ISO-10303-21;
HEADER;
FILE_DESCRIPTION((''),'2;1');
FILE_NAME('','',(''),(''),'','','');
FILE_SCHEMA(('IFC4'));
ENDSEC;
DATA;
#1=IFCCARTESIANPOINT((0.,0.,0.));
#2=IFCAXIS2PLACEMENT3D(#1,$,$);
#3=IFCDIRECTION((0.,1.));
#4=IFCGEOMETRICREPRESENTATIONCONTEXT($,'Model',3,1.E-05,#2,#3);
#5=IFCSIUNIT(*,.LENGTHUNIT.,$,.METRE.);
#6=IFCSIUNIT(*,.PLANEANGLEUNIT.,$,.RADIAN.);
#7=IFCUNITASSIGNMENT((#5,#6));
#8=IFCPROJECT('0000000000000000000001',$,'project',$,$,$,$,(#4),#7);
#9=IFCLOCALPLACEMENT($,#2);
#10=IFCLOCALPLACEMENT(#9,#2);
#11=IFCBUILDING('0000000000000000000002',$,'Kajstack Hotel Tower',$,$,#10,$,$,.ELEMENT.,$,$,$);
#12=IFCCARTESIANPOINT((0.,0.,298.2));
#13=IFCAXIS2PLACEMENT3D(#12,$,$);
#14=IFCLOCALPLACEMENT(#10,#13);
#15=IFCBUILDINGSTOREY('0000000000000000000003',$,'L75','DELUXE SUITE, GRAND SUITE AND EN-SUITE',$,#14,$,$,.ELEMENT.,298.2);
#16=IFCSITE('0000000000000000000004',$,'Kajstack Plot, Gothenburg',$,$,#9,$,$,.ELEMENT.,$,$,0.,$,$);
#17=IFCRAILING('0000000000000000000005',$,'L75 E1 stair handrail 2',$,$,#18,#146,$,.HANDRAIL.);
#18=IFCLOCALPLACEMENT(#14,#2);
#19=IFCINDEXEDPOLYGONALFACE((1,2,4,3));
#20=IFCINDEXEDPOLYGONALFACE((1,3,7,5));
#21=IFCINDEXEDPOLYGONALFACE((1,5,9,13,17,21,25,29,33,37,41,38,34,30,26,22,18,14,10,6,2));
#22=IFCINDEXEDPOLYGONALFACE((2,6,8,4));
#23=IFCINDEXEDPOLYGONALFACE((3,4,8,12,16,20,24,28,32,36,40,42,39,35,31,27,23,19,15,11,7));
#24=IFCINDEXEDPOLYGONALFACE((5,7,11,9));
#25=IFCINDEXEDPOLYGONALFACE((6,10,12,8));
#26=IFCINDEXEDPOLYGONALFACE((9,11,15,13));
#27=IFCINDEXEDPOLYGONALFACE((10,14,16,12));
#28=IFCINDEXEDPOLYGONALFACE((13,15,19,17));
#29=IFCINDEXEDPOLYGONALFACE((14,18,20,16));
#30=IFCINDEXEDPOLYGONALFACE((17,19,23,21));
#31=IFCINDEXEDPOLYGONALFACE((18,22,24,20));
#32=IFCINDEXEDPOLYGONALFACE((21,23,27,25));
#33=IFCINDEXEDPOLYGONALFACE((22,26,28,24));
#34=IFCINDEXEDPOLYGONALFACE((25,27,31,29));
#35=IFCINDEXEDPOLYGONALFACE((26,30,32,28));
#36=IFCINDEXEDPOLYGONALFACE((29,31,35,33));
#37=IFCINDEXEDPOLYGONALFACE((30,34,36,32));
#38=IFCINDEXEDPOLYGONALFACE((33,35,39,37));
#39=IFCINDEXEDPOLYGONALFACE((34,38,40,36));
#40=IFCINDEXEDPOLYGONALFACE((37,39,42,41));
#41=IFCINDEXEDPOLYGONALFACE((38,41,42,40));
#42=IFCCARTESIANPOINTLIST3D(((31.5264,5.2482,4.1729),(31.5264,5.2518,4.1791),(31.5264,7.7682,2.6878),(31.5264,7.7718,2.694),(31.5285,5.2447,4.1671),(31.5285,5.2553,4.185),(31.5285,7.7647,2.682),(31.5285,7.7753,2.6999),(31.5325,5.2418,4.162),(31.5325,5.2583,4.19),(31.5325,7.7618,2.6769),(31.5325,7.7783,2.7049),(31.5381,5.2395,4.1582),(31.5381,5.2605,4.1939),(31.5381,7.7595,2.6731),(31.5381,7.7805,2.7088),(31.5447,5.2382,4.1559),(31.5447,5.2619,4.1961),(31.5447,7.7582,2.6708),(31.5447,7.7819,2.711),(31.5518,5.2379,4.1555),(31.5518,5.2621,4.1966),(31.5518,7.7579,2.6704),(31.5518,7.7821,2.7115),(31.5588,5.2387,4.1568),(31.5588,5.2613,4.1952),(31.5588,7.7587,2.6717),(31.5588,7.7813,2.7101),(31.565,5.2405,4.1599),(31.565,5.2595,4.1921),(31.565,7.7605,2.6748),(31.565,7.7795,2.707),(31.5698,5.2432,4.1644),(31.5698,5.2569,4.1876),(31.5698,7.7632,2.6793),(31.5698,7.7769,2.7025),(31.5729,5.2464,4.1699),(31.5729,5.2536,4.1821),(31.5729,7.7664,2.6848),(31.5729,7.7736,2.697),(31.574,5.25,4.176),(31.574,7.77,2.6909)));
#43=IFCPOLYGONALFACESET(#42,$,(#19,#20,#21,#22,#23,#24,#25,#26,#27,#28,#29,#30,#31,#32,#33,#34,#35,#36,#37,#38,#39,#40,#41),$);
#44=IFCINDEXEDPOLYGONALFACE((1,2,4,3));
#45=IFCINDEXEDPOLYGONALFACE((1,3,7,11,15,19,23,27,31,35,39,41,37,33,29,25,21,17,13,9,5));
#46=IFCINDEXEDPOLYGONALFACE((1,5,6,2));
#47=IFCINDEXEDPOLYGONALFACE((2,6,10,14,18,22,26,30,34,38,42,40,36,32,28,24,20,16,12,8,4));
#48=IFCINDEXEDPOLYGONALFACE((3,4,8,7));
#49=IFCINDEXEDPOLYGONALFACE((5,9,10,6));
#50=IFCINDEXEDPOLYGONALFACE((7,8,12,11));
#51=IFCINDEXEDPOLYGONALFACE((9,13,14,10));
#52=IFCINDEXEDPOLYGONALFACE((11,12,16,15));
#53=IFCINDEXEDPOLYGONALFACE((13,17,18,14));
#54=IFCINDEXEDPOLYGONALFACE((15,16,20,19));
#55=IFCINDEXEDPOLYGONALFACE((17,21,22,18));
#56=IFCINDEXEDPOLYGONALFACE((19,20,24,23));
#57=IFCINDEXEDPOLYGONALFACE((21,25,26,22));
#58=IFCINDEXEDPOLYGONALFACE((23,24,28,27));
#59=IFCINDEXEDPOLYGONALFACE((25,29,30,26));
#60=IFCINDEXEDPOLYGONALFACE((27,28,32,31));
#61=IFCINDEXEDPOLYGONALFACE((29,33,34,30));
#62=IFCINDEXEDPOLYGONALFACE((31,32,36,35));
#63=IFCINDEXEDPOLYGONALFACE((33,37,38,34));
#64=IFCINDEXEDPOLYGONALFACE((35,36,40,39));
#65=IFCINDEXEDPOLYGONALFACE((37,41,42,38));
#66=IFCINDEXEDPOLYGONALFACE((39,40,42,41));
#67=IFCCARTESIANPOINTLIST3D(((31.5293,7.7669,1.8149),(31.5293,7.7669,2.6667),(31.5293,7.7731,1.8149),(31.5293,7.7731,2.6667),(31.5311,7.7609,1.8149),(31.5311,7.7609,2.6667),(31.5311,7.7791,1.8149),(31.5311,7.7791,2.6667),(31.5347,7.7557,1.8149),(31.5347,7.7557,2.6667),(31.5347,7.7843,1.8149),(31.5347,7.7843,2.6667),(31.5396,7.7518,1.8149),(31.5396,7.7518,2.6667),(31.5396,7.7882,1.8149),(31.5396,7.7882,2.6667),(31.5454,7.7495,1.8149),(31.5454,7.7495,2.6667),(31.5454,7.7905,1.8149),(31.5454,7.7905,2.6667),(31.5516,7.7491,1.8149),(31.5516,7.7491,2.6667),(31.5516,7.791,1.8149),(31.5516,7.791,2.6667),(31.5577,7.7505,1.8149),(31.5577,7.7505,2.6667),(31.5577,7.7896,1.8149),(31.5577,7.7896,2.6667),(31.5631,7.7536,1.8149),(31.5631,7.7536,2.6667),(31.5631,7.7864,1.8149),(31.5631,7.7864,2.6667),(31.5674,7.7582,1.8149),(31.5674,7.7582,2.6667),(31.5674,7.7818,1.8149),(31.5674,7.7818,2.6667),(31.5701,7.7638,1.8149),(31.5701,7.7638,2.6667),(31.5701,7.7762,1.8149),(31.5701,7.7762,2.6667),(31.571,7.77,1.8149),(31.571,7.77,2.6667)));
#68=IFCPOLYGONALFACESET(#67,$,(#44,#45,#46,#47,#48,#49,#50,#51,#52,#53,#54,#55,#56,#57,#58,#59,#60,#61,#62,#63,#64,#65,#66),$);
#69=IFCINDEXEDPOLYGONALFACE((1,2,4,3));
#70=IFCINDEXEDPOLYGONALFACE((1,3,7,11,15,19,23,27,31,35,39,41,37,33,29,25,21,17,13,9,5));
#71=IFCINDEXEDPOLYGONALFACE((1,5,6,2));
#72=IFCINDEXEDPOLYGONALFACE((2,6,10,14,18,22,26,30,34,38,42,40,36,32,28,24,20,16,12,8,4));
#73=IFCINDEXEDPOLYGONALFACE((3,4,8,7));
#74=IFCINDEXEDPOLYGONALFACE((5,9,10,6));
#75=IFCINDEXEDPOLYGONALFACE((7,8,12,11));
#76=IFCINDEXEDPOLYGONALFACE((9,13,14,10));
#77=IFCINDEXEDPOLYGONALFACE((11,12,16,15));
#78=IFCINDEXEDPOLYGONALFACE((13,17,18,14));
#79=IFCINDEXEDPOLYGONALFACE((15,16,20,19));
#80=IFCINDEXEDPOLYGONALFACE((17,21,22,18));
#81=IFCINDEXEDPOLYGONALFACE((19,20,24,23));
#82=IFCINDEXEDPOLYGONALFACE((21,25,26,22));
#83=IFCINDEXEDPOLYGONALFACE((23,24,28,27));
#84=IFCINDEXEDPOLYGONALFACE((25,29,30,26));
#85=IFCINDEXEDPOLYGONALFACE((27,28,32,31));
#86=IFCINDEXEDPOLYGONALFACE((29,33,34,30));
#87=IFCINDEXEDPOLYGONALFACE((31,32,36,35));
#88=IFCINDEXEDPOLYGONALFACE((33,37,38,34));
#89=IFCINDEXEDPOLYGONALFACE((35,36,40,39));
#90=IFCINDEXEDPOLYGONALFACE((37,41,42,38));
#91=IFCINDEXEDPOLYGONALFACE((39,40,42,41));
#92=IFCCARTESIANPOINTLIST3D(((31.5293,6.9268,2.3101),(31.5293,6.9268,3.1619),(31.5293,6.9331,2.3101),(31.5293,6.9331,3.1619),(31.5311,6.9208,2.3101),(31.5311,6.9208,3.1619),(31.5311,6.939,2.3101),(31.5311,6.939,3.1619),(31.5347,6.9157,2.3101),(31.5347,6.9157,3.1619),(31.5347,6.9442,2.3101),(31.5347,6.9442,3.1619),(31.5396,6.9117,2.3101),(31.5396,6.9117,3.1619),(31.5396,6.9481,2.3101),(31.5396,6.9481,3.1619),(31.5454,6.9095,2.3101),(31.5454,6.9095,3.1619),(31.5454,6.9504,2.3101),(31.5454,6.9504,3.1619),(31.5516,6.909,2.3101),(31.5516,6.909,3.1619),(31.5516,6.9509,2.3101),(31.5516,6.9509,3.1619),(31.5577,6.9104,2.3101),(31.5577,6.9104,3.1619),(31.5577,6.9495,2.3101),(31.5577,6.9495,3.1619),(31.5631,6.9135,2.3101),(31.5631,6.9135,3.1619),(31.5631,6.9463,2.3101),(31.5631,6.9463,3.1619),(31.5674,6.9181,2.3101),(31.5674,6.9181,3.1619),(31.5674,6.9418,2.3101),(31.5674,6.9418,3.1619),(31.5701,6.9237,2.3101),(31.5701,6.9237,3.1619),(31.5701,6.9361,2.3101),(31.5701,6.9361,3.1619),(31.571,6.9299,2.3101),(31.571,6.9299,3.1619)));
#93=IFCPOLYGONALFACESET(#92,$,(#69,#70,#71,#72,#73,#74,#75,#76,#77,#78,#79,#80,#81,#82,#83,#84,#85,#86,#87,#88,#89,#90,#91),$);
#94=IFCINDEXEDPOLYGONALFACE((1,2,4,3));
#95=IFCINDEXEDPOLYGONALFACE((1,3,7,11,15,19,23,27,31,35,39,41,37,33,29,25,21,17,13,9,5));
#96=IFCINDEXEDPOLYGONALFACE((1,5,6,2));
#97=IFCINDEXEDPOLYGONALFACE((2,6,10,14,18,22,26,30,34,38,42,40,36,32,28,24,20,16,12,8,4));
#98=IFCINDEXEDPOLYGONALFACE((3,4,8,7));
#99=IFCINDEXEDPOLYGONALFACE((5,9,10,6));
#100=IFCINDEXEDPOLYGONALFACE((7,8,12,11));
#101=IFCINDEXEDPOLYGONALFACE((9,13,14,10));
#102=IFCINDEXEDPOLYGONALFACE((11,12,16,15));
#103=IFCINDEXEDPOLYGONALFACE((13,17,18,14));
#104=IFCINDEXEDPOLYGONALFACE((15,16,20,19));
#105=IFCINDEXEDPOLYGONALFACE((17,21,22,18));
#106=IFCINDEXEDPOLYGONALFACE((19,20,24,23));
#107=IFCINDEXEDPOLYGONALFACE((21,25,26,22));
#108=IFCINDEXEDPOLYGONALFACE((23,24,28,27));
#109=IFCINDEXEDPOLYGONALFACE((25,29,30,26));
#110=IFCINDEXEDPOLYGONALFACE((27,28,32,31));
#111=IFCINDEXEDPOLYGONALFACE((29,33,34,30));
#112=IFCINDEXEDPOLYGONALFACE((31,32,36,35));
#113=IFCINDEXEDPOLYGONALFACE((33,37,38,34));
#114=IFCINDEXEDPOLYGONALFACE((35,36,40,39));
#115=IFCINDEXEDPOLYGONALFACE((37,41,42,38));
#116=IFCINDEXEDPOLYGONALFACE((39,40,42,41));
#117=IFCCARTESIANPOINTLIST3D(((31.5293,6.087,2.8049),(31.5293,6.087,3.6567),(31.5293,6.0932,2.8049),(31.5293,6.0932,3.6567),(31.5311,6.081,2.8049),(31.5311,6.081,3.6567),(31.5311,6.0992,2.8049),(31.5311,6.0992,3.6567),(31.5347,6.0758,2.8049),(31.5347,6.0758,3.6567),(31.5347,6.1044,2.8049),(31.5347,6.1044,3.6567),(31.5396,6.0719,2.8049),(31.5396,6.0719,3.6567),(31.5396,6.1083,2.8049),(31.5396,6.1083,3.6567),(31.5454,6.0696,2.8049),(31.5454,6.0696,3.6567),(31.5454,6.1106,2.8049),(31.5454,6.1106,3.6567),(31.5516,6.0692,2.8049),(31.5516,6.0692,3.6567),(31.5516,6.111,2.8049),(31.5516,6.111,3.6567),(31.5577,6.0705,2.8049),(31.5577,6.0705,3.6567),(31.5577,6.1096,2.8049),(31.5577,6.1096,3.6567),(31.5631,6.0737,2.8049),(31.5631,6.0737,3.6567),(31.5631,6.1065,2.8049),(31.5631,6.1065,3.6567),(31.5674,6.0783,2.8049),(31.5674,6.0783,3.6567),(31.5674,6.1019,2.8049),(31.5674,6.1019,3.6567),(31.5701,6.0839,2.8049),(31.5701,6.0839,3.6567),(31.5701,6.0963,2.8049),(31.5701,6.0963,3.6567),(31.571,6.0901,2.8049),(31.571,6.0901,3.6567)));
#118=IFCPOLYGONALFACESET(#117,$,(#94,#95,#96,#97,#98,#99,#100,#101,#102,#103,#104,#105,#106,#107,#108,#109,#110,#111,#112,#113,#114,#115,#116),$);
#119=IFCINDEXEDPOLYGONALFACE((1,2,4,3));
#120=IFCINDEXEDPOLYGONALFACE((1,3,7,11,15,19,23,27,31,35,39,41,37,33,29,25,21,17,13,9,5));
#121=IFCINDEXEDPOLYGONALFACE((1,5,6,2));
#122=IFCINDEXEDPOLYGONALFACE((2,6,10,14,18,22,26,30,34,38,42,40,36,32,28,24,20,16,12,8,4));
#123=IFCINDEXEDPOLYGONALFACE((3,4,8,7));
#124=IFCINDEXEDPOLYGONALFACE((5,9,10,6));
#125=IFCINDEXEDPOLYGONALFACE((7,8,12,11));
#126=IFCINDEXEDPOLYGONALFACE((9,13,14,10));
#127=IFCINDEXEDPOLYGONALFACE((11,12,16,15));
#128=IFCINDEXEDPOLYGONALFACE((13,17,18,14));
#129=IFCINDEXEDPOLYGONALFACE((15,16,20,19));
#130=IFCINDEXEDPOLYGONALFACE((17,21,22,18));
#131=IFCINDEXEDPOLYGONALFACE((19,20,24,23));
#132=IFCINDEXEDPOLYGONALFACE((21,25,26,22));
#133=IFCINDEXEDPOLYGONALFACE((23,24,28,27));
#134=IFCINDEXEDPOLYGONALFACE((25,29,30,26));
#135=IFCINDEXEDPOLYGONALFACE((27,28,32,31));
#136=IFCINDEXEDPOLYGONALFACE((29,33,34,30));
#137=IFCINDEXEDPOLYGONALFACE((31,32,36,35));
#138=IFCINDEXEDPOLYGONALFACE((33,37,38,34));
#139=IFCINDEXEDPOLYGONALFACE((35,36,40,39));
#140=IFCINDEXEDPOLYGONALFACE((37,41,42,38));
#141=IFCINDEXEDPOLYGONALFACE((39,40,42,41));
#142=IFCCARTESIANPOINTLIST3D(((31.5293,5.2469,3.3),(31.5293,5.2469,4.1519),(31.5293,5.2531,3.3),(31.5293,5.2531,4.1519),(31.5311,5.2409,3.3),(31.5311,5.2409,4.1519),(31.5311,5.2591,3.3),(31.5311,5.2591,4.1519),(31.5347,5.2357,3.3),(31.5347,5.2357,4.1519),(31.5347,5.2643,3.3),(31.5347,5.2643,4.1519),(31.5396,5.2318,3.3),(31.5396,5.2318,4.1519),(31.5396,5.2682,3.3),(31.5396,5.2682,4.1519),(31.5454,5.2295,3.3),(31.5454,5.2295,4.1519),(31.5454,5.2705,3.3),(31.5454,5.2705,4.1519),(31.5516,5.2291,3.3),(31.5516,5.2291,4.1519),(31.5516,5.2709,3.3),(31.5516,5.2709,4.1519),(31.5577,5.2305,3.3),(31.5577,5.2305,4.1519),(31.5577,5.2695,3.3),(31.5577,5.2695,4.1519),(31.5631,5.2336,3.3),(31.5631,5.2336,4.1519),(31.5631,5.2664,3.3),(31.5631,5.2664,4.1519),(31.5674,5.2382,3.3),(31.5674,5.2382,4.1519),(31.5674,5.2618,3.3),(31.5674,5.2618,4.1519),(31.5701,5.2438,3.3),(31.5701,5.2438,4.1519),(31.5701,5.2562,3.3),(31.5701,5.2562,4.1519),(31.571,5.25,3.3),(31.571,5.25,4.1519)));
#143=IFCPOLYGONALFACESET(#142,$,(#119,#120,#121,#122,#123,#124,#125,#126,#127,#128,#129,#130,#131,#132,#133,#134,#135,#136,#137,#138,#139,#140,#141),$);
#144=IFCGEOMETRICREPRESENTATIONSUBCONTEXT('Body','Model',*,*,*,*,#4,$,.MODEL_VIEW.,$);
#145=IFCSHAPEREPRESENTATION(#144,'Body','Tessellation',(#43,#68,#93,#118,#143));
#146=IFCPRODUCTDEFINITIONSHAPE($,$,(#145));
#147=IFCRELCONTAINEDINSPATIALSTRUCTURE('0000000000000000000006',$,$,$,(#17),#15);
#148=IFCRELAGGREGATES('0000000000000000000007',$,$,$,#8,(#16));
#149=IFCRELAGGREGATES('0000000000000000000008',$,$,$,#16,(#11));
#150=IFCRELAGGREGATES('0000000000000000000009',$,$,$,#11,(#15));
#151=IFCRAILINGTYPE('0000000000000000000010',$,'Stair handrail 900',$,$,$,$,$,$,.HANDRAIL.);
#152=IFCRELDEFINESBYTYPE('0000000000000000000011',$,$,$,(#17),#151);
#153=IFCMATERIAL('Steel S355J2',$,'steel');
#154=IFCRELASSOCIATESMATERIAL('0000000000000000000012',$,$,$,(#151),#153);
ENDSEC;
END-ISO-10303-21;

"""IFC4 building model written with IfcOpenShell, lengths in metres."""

from ifc_helpers import new_model, si_unit, direction, frame, origin, origin_2d, place, context, subcontext, project, spatial, circle, extrude, material, type_object, element, save


model = new_model("IFC4")

# Units and contexts
model_context = context("Model", 3, precision=1e-05, world=origin(), true_north=direction((0.0, 1.0)))
body_context = subcontext(model_context, "Body", "Model", "MODEL_VIEW")
ifc_project = project(units=[si_unit("LENGTHUNIT", "METRE"), si_unit("PLANEANGLEUNIT", "RADIAN")], contexts=[model_context])

# Site, building, storey
site_placement = place(None, origin())
site = spatial("IfcSite", under=ifc_project, at=site_placement, Name="Kajstack Plot, Gothenburg", CompositionType="ELEMENT", RefElevation=0.0)
building_placement = place(site_placement, origin())
building = spatial("IfcBuilding", under=site, at=building_placement, Name="Kajstack Hotel Tower", CompositionType="ELEMENT")
storey_placement = place(building_placement, frame((0.0, 0.0, 298.2)))
storey = spatial("IfcBuildingStorey", under=building, at=storey_placement, Name="L75", Description="DELUXE SUITE, GRAND SUITE AND EN-SUITE", CompositionType="ELEMENT", Elevation=298.2)

# Railing
ifc_material_1 = material(Name="Steel S355J2", Category="steel")
railing_type_1 = type_object("IfcRailingType", Name="Stair handrail 900", PredefinedType="HANDRAIL", material=ifc_material_1)
railing_1_placement = place(storey_placement, frame((31.55, 7.77, 1.8149)))
element("IfcRailing", 1, at=railing_1_placement, inside=storey, type_object=railing_type_1, Name="L75 E1 stair handrail 2", PredefinedType="HANDRAIL", context=body_context, shape_type="SweptSolid", body=[
    extrude(circle(Radius=0.0239, at=origin_2d()), frame((0.0, 0.0, 0.876), z_axis=(0.0, -0.861524, 0.507717), x_axis=(1.0, 0.0, 0.0)), (0.0, 0.0, 1.0), 2.925),
    extrude(circle(Radius=0.021, at=origin_2d()), origin(), (0.0, 0.0, 1.0), 0.8518),
    extrude(circle(Radius=0.021, at=origin_2d()), frame((0.0, -0.8401, 0.4951)), (0.0, 0.0, 1.0), 0.8518),
    extrude(circle(Radius=0.021, at=origin_2d()), frame((0.0, -1.6799, 0.99)), (0.0, 0.0, 1.0), 0.8518),
    extrude(circle(Radius=0.021, at=origin_2d()), frame((0.0, -2.52, 1.4851)), (0.0, 0.0, 1.0), 0.8518),
])

save(model, "model.ifc")
